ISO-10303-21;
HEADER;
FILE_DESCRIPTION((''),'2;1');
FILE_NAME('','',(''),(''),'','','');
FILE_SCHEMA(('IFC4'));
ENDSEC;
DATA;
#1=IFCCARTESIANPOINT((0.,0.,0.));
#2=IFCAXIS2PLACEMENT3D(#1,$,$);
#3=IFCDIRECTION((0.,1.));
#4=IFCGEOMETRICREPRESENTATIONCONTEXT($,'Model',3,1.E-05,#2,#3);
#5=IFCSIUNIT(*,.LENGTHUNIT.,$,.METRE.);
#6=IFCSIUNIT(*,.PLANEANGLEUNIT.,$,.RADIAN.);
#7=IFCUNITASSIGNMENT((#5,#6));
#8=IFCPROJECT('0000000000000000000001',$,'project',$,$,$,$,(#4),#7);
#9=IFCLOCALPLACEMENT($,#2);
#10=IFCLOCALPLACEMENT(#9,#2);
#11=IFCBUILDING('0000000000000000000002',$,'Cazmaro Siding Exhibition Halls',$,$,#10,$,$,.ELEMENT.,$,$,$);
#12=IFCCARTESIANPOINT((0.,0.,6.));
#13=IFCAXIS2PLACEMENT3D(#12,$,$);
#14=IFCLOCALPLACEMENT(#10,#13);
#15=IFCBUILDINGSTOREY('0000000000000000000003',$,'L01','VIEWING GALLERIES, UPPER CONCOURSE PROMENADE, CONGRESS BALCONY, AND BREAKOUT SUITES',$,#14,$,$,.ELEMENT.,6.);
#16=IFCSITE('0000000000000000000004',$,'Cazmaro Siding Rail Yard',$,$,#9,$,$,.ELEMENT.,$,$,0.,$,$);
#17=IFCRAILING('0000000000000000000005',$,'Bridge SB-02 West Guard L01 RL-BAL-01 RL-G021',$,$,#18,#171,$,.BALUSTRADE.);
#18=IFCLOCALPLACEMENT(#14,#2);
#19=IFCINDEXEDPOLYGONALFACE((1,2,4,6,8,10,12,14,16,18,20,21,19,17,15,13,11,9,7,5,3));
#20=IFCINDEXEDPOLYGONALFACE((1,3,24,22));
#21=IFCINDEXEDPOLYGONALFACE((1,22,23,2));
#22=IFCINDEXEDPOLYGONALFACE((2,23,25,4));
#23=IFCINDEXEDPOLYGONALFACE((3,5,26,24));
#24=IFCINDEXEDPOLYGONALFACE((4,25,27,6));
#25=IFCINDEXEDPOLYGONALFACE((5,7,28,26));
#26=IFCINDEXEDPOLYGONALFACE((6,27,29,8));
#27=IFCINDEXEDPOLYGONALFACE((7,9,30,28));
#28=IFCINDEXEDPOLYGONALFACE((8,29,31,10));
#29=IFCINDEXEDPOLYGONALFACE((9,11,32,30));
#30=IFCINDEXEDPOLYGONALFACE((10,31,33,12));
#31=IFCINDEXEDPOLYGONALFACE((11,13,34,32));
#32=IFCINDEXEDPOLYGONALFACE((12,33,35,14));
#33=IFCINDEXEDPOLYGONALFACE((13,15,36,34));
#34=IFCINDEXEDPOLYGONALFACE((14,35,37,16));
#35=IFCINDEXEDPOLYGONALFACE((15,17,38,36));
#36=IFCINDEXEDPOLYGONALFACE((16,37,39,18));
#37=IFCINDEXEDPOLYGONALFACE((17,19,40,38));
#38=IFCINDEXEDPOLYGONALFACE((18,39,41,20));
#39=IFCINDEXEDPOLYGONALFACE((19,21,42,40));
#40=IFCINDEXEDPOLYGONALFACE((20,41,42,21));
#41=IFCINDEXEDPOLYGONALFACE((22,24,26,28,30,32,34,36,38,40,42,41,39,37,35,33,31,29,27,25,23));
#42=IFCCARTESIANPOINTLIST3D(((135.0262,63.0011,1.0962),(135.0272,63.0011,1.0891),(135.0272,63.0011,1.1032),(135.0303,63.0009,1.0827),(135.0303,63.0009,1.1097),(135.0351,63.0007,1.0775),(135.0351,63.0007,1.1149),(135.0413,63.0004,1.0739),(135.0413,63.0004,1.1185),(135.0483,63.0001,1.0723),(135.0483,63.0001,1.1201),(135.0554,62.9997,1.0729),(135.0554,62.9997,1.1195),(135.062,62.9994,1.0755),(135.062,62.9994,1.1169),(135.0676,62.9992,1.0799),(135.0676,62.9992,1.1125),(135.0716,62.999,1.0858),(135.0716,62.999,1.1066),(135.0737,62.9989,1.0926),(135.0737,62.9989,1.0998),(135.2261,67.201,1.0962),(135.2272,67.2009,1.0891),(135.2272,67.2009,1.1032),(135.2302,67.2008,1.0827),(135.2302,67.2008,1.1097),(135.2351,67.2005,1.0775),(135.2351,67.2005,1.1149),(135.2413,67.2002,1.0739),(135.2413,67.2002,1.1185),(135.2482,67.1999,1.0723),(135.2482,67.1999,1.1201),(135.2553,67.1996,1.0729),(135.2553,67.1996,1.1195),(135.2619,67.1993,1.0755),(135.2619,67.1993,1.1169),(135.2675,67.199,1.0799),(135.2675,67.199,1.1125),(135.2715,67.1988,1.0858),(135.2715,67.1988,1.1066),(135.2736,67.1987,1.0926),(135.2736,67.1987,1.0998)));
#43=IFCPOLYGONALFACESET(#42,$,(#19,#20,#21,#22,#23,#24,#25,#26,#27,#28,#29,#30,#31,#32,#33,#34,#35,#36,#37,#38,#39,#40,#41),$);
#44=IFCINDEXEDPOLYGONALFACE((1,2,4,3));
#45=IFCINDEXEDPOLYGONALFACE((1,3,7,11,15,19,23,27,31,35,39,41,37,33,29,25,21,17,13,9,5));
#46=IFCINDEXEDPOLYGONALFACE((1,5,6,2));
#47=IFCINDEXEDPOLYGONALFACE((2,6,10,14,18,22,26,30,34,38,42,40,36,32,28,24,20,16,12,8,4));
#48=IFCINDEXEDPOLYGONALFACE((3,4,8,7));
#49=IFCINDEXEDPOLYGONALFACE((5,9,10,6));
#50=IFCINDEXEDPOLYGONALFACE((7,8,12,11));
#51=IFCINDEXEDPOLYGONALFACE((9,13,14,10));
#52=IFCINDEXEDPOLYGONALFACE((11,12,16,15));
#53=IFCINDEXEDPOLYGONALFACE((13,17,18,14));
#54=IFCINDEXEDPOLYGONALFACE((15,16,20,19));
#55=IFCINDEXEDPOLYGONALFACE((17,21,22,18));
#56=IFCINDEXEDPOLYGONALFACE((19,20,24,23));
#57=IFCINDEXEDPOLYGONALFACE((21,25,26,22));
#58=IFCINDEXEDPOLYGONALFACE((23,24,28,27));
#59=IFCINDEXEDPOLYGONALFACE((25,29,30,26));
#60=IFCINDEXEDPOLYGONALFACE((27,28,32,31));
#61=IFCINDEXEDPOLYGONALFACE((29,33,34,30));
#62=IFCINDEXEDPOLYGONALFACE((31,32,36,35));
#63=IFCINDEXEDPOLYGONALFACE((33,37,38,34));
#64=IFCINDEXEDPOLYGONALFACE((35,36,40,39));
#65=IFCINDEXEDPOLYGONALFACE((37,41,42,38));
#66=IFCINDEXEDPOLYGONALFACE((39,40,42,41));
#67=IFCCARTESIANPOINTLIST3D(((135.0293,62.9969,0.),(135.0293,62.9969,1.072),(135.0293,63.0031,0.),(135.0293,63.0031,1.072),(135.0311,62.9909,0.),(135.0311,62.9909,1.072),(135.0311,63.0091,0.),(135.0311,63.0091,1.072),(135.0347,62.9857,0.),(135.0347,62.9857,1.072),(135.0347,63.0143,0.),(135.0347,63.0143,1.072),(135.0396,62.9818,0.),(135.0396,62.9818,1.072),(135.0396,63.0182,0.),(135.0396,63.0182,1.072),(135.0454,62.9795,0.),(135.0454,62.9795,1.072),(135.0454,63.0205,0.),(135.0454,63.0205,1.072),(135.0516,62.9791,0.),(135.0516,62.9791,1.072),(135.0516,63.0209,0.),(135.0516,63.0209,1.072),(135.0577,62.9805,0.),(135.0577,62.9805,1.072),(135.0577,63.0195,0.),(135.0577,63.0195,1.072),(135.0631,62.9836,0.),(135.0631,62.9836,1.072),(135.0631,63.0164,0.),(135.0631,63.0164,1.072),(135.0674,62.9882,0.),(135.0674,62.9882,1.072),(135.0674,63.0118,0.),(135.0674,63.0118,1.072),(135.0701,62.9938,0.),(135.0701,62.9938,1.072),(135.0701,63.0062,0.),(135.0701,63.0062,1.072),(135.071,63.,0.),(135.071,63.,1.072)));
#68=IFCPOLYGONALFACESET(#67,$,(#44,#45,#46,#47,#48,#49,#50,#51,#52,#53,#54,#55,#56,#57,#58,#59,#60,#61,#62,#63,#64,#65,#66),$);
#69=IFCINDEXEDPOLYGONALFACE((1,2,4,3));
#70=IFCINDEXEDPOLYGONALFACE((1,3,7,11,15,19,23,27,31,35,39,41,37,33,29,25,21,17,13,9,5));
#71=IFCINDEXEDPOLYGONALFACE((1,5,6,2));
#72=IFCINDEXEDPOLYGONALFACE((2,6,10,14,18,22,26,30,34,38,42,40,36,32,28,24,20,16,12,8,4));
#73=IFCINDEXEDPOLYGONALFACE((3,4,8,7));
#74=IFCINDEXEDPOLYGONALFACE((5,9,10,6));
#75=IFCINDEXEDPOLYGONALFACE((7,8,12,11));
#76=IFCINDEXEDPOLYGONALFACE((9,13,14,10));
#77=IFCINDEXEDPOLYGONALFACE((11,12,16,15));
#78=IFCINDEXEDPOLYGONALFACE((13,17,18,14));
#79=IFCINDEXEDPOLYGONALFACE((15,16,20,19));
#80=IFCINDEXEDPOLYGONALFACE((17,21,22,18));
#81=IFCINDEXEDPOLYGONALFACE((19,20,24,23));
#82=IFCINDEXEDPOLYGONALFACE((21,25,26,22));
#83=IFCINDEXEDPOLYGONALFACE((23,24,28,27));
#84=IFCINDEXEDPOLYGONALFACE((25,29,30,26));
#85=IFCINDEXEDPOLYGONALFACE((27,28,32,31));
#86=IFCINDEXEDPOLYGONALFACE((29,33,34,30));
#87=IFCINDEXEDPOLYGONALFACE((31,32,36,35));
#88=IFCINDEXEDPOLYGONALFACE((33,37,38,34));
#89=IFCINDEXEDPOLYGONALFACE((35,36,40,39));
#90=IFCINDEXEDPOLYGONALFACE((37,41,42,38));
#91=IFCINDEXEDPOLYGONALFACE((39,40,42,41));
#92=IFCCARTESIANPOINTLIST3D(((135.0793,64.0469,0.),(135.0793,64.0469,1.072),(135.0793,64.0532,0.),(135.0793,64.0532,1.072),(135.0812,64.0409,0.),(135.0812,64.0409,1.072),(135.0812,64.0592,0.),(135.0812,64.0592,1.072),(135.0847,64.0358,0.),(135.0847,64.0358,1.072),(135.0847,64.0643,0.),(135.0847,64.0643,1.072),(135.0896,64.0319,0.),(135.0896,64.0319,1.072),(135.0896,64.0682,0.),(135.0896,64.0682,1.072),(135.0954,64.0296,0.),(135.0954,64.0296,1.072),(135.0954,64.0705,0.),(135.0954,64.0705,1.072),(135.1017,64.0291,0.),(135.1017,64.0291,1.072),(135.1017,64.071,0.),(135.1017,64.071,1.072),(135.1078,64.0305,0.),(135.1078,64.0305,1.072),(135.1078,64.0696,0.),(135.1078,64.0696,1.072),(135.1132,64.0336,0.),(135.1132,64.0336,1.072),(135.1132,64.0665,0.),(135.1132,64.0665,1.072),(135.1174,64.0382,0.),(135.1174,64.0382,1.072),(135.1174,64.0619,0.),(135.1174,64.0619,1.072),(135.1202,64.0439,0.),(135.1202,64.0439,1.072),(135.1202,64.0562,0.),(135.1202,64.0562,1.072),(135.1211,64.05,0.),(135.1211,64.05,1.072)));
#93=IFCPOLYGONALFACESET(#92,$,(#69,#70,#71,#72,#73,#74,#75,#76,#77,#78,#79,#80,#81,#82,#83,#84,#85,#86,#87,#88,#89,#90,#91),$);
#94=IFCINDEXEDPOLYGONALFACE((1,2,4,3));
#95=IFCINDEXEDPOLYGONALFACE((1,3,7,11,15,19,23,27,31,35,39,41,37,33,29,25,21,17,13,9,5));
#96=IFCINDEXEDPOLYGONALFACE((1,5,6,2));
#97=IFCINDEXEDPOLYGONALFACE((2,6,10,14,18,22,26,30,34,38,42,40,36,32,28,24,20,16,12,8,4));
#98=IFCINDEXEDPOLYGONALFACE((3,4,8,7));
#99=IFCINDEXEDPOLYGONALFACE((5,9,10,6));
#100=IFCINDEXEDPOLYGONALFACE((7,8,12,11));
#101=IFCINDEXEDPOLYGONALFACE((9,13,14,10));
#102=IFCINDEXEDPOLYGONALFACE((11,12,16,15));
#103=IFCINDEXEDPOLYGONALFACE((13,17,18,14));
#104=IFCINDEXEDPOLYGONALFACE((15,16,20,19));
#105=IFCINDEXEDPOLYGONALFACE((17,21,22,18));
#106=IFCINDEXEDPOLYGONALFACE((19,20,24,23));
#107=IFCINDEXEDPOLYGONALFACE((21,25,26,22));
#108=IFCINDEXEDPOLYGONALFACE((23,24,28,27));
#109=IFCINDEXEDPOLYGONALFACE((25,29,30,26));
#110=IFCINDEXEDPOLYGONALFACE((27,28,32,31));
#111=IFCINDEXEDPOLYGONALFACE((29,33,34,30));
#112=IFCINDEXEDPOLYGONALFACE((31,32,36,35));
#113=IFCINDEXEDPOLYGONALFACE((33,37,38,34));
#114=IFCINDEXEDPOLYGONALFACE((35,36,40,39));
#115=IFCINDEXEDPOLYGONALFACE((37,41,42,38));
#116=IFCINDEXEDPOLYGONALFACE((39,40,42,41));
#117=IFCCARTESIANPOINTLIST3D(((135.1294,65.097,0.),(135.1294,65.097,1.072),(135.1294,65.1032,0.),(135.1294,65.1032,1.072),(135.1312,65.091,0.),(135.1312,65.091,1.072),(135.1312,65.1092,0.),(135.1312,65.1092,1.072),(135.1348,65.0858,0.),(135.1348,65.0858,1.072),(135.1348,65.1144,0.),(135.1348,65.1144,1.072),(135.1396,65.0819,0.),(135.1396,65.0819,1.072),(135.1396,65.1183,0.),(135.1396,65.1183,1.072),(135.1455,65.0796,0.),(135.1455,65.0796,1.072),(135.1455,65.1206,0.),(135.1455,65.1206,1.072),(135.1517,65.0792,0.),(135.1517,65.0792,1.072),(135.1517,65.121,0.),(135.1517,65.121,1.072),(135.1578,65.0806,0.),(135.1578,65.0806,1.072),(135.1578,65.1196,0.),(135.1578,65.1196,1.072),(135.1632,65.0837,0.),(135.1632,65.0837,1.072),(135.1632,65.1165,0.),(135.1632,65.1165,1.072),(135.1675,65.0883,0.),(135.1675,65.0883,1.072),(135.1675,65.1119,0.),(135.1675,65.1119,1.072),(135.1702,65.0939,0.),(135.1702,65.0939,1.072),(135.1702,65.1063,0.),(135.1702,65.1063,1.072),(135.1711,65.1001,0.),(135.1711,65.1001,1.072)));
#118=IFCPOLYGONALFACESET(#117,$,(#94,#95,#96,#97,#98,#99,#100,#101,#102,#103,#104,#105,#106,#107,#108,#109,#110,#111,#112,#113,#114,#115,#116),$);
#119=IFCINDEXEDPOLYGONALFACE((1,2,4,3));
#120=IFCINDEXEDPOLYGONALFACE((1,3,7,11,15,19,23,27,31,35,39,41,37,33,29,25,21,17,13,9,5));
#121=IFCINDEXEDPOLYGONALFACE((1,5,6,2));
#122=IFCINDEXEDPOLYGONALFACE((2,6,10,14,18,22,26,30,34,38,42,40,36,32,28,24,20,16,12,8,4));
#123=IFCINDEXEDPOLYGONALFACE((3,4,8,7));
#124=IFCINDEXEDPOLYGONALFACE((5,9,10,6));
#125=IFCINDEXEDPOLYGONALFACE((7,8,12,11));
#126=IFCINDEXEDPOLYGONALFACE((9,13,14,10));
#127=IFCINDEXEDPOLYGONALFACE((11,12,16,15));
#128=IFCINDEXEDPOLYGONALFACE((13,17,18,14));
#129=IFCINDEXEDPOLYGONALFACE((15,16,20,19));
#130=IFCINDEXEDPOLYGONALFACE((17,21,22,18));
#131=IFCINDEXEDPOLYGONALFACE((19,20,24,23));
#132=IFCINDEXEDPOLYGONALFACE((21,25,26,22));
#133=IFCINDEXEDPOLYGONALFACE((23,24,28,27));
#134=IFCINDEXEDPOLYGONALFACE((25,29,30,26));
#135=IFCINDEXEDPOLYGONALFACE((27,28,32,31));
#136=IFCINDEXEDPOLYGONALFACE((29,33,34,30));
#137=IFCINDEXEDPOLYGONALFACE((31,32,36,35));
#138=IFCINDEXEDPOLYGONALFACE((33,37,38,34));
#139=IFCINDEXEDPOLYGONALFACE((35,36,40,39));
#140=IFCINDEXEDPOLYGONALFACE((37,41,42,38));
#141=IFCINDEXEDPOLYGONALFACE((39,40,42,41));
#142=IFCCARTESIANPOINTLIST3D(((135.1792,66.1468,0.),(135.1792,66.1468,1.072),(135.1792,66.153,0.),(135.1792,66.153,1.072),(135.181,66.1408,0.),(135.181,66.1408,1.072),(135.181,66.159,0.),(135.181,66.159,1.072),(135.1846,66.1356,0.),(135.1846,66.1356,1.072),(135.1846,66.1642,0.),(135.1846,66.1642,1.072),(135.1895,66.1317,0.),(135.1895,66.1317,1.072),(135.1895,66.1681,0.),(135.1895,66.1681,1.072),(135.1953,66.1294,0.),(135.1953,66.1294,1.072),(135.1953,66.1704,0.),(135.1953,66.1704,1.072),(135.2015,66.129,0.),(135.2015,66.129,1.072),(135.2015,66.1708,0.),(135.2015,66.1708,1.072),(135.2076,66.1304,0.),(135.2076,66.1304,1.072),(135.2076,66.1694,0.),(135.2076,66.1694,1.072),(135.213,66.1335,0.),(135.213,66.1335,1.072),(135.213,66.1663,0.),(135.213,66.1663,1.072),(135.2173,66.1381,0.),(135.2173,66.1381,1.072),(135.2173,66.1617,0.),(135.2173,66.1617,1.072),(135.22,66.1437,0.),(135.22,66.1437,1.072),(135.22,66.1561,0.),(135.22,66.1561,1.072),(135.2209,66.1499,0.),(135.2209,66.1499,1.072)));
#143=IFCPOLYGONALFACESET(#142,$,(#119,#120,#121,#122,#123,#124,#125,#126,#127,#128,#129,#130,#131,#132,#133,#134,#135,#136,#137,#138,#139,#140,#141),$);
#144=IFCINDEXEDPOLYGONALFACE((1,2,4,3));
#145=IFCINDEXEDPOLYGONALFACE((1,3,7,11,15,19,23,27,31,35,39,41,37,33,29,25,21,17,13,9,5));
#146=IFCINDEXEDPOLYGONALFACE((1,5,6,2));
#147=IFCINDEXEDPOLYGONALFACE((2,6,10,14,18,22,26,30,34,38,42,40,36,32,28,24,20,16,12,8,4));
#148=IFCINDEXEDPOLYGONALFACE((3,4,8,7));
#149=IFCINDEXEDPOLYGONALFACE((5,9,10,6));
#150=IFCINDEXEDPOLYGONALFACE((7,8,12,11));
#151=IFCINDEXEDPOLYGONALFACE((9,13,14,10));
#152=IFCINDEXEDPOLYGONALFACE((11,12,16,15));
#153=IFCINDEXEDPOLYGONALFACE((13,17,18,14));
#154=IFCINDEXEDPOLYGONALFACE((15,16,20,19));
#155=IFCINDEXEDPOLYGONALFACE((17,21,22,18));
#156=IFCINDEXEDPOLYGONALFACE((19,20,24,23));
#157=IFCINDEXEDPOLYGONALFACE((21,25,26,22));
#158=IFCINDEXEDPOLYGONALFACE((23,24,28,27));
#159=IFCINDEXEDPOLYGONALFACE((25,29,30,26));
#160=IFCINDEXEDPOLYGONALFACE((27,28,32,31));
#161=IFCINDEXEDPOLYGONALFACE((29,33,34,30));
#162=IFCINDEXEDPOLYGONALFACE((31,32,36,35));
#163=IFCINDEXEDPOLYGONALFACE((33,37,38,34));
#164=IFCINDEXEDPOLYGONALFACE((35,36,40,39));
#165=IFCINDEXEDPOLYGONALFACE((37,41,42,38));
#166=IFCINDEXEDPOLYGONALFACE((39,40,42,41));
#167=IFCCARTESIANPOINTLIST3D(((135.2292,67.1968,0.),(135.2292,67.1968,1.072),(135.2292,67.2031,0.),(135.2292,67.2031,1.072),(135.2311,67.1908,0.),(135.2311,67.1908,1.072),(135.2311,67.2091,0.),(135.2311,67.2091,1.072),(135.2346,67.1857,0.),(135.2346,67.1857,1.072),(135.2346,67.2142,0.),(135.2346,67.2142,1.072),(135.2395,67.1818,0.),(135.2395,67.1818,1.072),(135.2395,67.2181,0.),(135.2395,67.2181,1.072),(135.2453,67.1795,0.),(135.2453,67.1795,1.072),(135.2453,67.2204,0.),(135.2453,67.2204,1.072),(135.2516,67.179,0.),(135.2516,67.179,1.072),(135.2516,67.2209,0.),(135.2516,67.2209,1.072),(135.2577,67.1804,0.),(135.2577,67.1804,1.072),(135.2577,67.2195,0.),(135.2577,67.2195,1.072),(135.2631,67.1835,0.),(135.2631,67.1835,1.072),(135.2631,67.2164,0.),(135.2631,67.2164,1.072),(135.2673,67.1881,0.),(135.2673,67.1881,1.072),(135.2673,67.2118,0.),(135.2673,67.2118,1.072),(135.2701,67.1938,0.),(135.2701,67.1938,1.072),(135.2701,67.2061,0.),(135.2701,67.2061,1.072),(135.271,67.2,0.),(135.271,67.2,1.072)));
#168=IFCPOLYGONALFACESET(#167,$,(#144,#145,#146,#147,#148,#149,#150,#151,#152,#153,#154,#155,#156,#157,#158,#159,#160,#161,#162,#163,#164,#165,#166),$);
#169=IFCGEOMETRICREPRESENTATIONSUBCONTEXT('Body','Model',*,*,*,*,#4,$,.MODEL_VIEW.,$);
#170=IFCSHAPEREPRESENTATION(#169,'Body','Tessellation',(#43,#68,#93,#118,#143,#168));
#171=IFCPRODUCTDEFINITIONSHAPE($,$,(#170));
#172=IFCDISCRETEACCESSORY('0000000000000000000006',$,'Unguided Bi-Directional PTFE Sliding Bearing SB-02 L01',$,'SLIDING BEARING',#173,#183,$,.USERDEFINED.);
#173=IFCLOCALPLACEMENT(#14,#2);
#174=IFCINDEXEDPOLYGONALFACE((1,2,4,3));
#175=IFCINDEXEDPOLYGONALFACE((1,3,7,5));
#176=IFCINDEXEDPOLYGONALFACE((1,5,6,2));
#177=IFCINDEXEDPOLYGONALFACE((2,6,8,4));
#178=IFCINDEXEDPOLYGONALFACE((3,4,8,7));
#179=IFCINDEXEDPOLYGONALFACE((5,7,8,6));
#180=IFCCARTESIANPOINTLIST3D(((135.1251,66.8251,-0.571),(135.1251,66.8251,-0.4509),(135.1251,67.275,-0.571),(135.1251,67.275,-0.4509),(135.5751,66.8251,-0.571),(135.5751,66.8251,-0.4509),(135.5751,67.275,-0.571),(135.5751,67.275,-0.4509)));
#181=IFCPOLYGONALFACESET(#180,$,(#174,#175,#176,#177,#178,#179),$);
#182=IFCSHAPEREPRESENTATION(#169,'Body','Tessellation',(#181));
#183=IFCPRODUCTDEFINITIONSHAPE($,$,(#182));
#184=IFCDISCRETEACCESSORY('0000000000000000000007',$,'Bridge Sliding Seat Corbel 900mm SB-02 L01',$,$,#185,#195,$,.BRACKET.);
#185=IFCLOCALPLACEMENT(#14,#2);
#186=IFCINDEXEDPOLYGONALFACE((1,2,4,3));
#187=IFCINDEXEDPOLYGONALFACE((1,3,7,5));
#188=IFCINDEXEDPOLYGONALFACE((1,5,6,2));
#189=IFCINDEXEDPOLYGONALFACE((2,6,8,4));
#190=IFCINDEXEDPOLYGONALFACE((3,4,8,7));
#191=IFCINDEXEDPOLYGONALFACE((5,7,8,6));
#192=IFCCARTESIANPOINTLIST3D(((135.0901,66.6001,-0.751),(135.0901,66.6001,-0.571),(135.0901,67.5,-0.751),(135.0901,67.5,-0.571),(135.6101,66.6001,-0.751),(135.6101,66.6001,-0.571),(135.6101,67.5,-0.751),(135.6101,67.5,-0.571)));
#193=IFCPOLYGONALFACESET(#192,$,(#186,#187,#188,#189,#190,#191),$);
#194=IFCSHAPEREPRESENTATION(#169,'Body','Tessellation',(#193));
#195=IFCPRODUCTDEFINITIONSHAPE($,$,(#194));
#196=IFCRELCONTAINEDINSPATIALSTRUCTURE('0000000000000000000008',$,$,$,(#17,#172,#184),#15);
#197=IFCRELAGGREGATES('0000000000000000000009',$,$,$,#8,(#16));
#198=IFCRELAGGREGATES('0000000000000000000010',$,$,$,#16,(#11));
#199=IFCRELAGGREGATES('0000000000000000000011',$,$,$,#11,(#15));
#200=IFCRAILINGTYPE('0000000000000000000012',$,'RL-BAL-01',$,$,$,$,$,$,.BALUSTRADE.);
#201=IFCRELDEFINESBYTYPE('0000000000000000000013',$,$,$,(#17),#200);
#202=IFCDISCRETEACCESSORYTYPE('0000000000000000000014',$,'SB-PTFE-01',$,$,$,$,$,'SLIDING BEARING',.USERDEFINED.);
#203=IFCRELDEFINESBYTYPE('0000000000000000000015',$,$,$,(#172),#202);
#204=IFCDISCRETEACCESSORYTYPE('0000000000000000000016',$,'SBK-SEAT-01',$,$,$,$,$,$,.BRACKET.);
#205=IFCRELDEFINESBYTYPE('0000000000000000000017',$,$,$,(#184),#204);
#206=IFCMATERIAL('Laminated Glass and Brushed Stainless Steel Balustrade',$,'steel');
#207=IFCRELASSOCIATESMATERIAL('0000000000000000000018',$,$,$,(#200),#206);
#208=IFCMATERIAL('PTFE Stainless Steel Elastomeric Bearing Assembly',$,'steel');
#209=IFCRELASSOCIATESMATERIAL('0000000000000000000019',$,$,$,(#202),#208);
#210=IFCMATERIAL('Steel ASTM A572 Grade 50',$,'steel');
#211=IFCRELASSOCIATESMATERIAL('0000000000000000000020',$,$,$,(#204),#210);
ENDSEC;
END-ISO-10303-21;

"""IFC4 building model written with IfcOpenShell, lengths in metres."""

from ifc_helpers import new_model, si_unit, direction, frame, origin, origin_2d, place, context, subcontext, project, spatial, rectangle, circle, extrude, material, type_object, element, save


model = new_model("IFC4")

# Units and contexts
model_context = context("Model", 3, precision=1e-05, world=origin(), true_north=direction((0.0, 1.0)))
body_context = subcontext(model_context, "Body", "Model", "MODEL_VIEW")
ifc_project = project(units=[si_unit("LENGTHUNIT", "METRE"), si_unit("PLANEANGLEUNIT", "RADIAN")], contexts=[model_context])

# Site, building, storey
site_placement = place(None, origin())
site = spatial("IfcSite", under=ifc_project, at=site_placement, Name="Cazmaro Siding Rail Yard", CompositionType="ELEMENT", RefElevation=0.0)
building_placement = place(site_placement, origin())
building = spatial("IfcBuilding", under=site, at=building_placement, Name="Cazmaro Siding Exhibition Halls", CompositionType="ELEMENT")
storey_placement = place(building_placement, frame((0.0, 0.0, 6.0)))
storey = spatial("IfcBuildingStorey", under=building, at=storey_placement, Name="L01", Description="VIEWING GALLERIES, UPPER CONCOURSE PROMENADE, CONGRESS BALCONY, AND BREAKOUT SUITES", CompositionType="ELEMENT", Elevation=6.0)

# Railing
ifc_material_1 = material(Name="Laminated Glass and Brushed Stainless Steel Balustrade", Category="steel")
railing_type = type_object("IfcRailingType", Name="RL-BAL-01", PredefinedType="BALUSTRADE", material=ifc_material_1)
railing_placement = place(storey_placement, frame((135.05, 63.0, 0.0)))
element("IfcRailing", 1, at=railing_placement, inside=storey, type_object=railing_type, Name="Bridge SB-02 West Guard L01 RL-BAL-01 RL-G021", PredefinedType="BALUSTRADE", context=body_context, shape_type="SweptSolid", body=[
    extrude(circle(Radius=0.0239, at=origin_2d()), frame((0.0, 0.0, 1.0962), z_axis=(0.047554, 0.998869, 0.0), x_axis=(-0.998869, 0.047554, 0.0)), (0.0, 0.0, 1.0), 4.2046),
    extrude(circle(Radius=0.021, at=origin_2d()), origin(), (0.0, 0.0, 1.0), 1.072),
    extrude(circle(Radius=0.021, at=origin_2d()), frame((0.05, 1.05, 0.0)), (0.0, 0.0, 1.0), 1.072),
    extrude(circle(Radius=0.021, at=origin_2d()), frame((0.1001, 2.1001, 0.0)), (0.0, 0.0, 1.0), 1.072),
    extrude(circle(Radius=0.021, at=origin_2d()), frame((0.1499, 3.1499, 0.0)), (0.0, 0.0, 1.0), 1.072),
    extrude(circle(Radius=0.021, at=origin_2d()), frame((0.2, 4.2, 0.0)), (0.0, 0.0, 1.0), 1.072),
])

# Discrete accessories
ifc_material_2 = material(Name="PTFE Stainless Steel Elastomeric Bearing Assembly", Category="steel")
discrete_accessory_type_1 = type_object("IfcDiscreteAccessoryType", Name="SB-PTFE-01", ElementType="SLIDING BEARING", PredefinedType="USERDEFINED", material=ifc_material_2)
discrete_accessory_1_placement = place(storey_placement, frame((135.3501, 67.05, -0.571), z_axis=(0.0, 0.0, 1.0), x_axis=(1.0, 0.0, 0.0)))
element("IfcDiscreteAccessory", 2, at=discrete_accessory_1_placement, inside=storey, type_object=discrete_accessory_type_1, Name="Unguided Bi-Directional PTFE Sliding Bearing SB-02 L01", ObjectType="SLIDING BEARING", PredefinedType="USERDEFINED", context=body_context, shape_type="SweptSolid", body=[
    extrude(rectangle(XDim=0.45, YDim=0.45, at=origin_2d()), origin(), (0.0, 0.0, 1.0), 0.1201),
])
ifc_material_3 = material(Name="Steel ASTM A572 Grade 50", Category="steel")
discrete_accessory_type_2 = type_object("IfcDiscreteAccessoryType", Name="SBK-SEAT-01", PredefinedType="BRACKET", material=ifc_material_3)
discrete_accessory_2_placement = place(storey_placement, frame((135.3501, 67.05, -0.751), z_axis=(0.0, 0.0, 1.0), x_axis=(1.0, 0.0, 0.0)))
element("IfcDiscreteAccessory", 3, at=discrete_accessory_2_placement, inside=storey, type_object=discrete_accessory_type_2, Name="Bridge Sliding Seat Corbel 900mm SB-02 L01", PredefinedType="BRACKET", context=body_context, shape_type="SweptSolid", body=[
    extrude(rectangle(XDim=0.52, YDim=0.8999, at=origin_2d()), origin(), (0.0, 0.0, 1.0), 0.1799),
])

save(model, "model.ifc")
